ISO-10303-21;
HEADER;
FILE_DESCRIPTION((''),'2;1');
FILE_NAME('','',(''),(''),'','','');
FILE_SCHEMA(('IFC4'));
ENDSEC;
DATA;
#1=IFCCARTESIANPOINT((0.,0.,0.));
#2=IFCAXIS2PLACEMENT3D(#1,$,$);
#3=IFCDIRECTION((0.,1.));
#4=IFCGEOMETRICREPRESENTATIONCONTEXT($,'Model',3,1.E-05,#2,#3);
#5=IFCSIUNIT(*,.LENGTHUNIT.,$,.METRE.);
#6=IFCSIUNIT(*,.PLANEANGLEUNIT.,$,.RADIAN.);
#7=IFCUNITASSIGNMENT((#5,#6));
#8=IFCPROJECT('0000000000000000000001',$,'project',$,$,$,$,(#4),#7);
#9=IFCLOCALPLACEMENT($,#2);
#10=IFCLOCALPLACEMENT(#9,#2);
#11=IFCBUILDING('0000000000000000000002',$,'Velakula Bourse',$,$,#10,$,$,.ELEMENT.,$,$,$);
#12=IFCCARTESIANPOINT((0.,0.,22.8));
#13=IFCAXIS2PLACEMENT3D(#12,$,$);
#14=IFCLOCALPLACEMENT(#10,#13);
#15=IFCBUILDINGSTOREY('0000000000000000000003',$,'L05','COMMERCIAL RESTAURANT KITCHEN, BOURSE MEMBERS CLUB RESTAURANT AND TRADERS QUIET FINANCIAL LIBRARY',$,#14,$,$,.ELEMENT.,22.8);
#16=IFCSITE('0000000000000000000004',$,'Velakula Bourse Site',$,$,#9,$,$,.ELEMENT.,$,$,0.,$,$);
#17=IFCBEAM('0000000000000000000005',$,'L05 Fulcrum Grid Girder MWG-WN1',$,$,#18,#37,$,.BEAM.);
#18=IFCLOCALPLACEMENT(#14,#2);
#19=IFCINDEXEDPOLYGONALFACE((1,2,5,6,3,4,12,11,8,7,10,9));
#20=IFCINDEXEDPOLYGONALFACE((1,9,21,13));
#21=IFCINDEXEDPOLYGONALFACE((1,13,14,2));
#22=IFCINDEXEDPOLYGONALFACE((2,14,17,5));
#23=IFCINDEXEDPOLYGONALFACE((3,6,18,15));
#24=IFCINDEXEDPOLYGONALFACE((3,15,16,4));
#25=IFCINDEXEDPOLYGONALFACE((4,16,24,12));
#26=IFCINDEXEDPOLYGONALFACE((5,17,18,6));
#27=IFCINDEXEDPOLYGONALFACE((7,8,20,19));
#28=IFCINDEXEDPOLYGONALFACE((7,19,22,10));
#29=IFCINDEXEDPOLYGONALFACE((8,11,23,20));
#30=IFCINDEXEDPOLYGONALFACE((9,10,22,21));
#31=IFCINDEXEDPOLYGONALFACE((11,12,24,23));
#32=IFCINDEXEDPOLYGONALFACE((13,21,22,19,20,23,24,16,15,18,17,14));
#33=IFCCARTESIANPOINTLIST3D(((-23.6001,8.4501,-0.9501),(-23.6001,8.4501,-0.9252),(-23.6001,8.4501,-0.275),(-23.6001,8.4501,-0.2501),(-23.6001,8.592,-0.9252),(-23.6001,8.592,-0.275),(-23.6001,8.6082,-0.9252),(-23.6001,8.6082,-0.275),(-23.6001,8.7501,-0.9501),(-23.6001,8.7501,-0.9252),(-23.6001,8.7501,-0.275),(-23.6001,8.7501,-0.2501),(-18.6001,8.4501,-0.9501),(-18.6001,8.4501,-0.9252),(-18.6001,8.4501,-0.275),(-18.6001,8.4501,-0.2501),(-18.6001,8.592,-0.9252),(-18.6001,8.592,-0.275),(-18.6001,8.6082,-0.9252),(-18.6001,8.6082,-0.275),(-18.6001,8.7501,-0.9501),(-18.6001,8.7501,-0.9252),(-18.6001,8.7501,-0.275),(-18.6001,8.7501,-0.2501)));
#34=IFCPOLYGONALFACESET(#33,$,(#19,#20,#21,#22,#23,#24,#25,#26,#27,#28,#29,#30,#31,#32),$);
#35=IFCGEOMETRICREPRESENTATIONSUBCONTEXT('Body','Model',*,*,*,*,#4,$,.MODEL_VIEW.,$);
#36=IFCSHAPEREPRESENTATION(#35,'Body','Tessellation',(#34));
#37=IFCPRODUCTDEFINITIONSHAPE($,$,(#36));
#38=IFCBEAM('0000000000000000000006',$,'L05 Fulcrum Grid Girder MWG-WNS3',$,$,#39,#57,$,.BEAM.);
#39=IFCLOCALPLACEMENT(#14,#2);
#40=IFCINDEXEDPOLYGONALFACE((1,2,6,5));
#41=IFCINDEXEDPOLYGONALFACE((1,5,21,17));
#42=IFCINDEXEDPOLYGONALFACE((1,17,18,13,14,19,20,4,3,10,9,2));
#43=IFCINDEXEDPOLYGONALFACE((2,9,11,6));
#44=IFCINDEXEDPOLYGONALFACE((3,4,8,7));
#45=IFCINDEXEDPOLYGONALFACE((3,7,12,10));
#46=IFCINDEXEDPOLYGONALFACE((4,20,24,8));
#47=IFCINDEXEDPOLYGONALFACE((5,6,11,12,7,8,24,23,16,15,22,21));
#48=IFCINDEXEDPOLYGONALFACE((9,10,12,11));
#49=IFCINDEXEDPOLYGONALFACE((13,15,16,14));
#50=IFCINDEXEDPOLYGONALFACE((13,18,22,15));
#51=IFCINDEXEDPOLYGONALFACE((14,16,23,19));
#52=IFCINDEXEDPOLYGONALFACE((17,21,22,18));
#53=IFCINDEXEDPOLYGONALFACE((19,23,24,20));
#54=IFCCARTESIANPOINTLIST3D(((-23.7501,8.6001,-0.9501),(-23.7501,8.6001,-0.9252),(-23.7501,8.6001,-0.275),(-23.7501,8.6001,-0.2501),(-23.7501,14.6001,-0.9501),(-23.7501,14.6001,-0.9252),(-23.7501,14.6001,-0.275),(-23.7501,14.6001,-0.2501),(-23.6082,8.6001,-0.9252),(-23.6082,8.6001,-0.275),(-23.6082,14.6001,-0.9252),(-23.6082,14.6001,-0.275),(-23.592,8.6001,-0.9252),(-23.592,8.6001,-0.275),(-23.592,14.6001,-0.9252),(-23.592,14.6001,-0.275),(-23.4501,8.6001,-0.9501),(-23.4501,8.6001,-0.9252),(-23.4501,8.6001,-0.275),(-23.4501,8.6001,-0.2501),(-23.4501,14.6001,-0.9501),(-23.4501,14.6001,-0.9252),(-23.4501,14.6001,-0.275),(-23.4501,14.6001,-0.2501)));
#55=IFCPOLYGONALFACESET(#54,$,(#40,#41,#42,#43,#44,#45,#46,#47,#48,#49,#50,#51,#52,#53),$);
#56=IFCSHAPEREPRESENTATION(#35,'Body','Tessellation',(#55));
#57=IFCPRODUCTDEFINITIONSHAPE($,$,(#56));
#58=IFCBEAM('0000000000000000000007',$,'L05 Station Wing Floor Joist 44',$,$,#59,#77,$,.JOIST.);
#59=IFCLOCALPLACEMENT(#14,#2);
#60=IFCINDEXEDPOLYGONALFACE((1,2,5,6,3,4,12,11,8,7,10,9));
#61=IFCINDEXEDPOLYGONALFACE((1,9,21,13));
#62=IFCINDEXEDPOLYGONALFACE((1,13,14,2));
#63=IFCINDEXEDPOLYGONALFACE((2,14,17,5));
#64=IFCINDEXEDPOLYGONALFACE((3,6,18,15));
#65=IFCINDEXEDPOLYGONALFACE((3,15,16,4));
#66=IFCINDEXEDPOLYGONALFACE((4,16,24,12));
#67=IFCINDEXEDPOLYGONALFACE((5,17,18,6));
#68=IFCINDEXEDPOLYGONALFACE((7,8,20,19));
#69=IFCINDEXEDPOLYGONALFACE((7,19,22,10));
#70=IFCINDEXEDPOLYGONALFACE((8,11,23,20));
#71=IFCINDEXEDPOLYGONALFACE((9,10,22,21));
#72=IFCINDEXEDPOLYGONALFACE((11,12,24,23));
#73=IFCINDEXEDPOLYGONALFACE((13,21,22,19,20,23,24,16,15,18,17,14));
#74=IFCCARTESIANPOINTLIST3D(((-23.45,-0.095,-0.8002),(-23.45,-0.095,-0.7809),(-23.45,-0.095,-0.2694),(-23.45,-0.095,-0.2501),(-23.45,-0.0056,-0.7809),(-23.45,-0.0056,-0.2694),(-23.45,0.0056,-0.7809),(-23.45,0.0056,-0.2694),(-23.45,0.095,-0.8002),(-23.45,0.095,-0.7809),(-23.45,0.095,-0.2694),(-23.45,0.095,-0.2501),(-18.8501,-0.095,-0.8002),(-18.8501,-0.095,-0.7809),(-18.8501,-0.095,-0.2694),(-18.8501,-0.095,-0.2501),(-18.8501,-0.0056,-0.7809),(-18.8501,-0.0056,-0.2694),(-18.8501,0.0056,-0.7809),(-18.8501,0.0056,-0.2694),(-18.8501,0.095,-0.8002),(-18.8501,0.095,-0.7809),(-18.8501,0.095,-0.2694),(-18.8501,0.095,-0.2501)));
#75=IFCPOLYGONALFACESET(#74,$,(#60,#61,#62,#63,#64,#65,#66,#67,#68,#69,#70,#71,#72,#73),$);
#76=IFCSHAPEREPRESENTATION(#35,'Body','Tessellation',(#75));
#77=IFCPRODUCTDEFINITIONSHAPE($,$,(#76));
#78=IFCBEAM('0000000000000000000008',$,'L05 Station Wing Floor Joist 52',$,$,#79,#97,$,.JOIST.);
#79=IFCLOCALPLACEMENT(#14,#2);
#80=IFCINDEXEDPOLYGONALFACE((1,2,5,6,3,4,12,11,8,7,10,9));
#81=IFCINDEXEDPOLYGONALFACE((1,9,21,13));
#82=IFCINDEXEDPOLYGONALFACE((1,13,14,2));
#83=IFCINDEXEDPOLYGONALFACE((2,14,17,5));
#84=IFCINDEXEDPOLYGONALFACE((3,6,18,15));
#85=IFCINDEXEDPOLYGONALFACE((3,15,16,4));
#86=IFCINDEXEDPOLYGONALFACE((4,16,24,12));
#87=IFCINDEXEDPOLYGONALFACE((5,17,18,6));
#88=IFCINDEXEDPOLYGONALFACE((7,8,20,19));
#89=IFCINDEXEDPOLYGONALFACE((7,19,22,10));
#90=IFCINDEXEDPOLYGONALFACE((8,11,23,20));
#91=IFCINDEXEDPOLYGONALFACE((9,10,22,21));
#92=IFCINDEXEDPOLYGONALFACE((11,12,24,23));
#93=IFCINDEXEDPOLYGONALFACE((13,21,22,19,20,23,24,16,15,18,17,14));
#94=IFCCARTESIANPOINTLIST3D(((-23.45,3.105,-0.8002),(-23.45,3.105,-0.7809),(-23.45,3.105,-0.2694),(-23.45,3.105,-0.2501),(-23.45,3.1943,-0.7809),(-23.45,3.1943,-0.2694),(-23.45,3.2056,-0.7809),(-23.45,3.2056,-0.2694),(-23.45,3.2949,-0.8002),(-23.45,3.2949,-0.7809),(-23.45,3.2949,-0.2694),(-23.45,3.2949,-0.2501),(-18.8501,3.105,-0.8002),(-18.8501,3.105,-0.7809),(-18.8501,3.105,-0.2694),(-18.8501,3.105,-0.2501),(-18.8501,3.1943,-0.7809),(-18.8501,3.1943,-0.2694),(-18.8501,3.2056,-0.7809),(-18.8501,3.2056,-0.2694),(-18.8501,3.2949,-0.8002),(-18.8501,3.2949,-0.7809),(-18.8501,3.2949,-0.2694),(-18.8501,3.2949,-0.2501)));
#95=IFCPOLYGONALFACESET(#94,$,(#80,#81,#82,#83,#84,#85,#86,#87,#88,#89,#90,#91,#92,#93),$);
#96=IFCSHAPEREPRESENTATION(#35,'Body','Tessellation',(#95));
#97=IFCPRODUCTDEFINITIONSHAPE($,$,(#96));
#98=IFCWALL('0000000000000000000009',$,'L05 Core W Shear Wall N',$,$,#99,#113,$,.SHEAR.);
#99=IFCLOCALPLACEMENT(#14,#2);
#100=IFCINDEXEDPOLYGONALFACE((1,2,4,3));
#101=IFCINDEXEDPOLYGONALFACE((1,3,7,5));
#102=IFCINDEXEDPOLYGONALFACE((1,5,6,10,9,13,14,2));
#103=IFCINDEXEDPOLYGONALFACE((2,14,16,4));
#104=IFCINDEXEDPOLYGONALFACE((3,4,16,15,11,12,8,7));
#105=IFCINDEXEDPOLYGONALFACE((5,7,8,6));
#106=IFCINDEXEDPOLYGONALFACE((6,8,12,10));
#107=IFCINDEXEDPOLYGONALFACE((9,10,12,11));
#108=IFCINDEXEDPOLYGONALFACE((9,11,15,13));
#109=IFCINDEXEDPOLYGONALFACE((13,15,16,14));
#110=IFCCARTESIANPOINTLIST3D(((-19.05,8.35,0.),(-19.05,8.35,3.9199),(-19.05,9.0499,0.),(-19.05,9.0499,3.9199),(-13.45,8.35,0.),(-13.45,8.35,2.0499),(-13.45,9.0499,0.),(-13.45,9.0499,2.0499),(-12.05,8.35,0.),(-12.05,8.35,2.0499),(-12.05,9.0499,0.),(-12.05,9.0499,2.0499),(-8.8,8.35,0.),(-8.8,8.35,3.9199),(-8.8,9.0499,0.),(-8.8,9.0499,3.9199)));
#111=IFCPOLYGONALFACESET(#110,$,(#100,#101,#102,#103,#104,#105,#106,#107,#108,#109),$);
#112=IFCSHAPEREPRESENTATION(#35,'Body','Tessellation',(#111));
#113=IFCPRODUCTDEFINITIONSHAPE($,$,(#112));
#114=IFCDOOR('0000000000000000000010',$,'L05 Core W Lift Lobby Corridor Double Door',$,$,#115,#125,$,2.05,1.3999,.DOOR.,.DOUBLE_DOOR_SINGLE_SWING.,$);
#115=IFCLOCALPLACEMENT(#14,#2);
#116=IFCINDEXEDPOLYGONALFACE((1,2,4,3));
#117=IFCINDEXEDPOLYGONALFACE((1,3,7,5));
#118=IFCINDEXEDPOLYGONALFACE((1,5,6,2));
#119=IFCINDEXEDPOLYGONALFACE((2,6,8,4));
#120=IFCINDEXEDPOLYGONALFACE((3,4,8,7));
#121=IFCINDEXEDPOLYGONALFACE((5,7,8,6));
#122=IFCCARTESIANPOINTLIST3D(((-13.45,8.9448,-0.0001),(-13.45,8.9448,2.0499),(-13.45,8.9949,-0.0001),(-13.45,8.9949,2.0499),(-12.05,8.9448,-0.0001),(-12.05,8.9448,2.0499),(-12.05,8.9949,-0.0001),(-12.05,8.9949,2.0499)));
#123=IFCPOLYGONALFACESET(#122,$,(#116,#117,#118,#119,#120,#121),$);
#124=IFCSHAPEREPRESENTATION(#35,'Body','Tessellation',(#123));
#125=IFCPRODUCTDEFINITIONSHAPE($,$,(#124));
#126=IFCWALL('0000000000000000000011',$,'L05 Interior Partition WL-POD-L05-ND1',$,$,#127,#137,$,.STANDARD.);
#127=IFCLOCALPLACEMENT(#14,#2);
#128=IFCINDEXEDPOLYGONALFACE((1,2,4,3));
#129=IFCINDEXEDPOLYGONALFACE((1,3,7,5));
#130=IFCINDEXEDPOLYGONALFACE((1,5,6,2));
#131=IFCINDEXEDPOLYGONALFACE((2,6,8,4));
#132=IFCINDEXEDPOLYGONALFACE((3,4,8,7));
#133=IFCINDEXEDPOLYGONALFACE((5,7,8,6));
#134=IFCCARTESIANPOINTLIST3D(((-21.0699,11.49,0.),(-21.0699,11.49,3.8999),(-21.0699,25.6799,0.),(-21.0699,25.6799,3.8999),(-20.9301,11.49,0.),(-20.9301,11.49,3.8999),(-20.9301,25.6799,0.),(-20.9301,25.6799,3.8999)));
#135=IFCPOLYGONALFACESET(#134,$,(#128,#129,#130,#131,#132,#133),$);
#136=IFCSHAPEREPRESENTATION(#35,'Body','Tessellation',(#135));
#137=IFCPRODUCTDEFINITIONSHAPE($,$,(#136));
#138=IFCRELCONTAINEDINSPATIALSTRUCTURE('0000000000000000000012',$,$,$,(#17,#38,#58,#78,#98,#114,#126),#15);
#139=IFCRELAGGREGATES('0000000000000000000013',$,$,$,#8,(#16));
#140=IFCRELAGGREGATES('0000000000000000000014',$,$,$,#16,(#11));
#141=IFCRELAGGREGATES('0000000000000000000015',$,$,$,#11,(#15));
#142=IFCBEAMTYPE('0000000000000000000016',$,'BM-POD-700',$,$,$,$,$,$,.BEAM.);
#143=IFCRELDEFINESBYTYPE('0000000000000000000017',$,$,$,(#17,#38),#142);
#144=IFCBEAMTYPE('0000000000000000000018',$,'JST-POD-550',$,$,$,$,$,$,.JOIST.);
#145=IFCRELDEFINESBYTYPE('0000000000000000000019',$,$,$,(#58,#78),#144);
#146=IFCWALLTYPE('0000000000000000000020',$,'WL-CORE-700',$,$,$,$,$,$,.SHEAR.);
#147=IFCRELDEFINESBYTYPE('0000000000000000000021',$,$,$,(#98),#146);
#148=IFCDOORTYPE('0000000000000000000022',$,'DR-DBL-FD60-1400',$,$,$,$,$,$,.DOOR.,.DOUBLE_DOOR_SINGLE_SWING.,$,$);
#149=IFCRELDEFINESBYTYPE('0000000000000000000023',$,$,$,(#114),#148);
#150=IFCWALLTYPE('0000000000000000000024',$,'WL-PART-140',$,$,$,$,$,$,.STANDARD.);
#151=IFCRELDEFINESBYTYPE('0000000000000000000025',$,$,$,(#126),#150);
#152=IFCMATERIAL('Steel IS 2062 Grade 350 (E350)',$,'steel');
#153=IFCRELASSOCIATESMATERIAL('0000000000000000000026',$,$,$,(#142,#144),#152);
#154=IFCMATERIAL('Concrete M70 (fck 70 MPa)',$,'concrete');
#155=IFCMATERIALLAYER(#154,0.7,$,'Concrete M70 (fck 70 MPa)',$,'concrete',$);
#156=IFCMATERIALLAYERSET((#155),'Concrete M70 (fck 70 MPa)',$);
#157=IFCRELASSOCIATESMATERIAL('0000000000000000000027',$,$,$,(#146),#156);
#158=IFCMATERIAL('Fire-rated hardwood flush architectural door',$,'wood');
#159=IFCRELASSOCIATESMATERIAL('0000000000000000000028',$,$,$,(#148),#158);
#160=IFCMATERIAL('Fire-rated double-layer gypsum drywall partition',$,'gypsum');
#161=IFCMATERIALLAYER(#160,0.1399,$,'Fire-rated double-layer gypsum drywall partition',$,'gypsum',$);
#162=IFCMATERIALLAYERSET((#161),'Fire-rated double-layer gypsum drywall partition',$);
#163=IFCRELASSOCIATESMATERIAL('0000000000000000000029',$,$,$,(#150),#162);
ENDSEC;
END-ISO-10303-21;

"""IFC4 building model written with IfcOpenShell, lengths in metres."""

from ifc_helpers import new_model, si_unit, direction, frame, frame_2d, origin, origin_2d, place, context, subcontext, project, spatial, rectangle, i_section, extrude, material, layer, layer_set, material_profile, profile_set, type_object, element, fill, save


model = new_model("IFC4")

# Units and contexts
model_context = context("Model", 3, precision=1e-05, world=origin(), true_north=direction((0.0, 1.0)))
body_context = subcontext(model_context, "Body", "Model", "MODEL_VIEW")
ifc_project = project(units=[si_unit("LENGTHUNIT", "METRE"), si_unit("PLANEANGLEUNIT", "RADIAN")], contexts=[model_context])

# Site, building, storey
site_placement = place(None, origin())
site = spatial("IfcSite", under=ifc_project, at=site_placement, Name="Velakula Bourse Site", CompositionType="ELEMENT", RefElevation=0.0)
building_placement = place(site_placement, origin())
building = spatial("IfcBuilding", under=site, at=building_placement, Name="Velakula Bourse", CompositionType="ELEMENT")
storey_placement = place(building_placement, frame((0.0, 0.0, 22.8)))
storey = spatial("IfcBuildingStorey", under=building, at=storey_placement, Name="L05", Description="COMMERCIAL RESTAURANT KITCHEN, BOURSE MEMBERS CLUB RESTAURANT AND TRADERS QUIET FINANCIAL LIBRARY", CompositionType="ELEMENT", Elevation=22.8)

# Shared definitions
ifc_material_1 = material(Name="Concrete M70 (fck 70 MPa)", Category="concrete")

# Beams
ifc_material_2 = material(Name="Steel IS 2062 Grade 350 (E350)", Category="steel")
ifc_material_profile_1 = material_profile(ifc_material_2, i_section(OverallWidth=0.3, OverallDepth=0.7, WebThickness=0.0161, FlangeThickness=0.0249, at=origin_2d()), Name="Steel IS 2062 Grade 350 (E350)")
ifc_profile_set_1 = profile_set([ifc_material_profile_1], Name="Steel IS 2062 Grade 350 (E350)")
beam_type_1 = type_object("IfcBeamType", Name="BM-POD-700", PredefinedType="BEAM", material=ifc_profile_set_1)
beam_1_placement = place(storey_placement, frame((-23.6001, 8.6001, -0.6001), z_axis=(1.0, 0.0, 0.0), x_axis=(0.0, 1.0, 0.0)))
element("IfcBeam", 1, at=beam_1_placement, inside=storey, type_object=beam_type_1, Name="L05 Fulcrum Grid Girder MWG-WN1", PredefinedType="BEAM", context=body_context, shape_type="SweptSolid", body=[
    extrude(i_section(OverallWidth=0.3, OverallDepth=0.7, WebThickness=0.0161, FlangeThickness=0.0249, at=origin_2d()), origin(), (0.0, 0.0, 1.0), 5.0),
])
beam_2_placement = place(storey_placement, frame((-23.6001, 8.6001, -0.6001), z_axis=(0.0, 1.0, 0.0), x_axis=(-1.0, 0.0, 0.0)))
element("IfcBeam", 2, at=beam_2_placement, inside=storey, type_object=beam_type_1, Name="L05 Fulcrum Grid Girder MWG-WNS3", PredefinedType="BEAM", context=body_context, shape_type="SweptSolid", body=[
    extrude(i_section(OverallWidth=0.3, OverallDepth=0.7, WebThickness=0.0161, FlangeThickness=0.0249, at=origin_2d()), origin(), (0.0, 0.0, 1.0), 6.0),
])
ifc_material_profile_2 = material_profile(ifc_material_2, i_section(OverallWidth=0.1899, OverallDepth=0.55, WebThickness=0.0112, FlangeThickness=0.0193, at=origin_2d()), Name="Steel IS 2062 Grade 350 (E350)")
ifc_profile_set_2 = profile_set([ifc_material_profile_2], Name="Steel IS 2062 Grade 350 (E350)")
beam_type_2 = type_object("IfcBeamType", Name="JST-POD-550", PredefinedType="JOIST", material=ifc_profile_set_2)
for number, where, z_axis, x_axis, name in (
    (3, (-23.45, 0.0, -0.5251), (1.0, 0.0, 0.0), (0.0, 1.0, 0.0), "L05 Station Wing Floor Joist 44"),
    (4, (-23.45, 3.2, -0.5251), (1.0, 0.0, 0.0), (0.0, 1.0, 0.0), "L05 Station Wing Floor Joist 52"),
):
    element("IfcBeam", number, at=place(storey_placement, frame(where, z_axis=z_axis, x_axis=x_axis)), inside=storey, type_object=beam_type_2, Name=name, PredefinedType="JOIST", context=body_context, shape_type="SweptSolid", body=[
        extrude(i_section(OverallWidth=0.1899, OverallDepth=0.55, WebThickness=0.0112, FlangeThickness=0.0193, at=origin_2d()), origin(), (0.0, 0.0, 1.0), 4.5999),
    ])

# Wall, opening, door
ifc_layer_1 = layer(ifc_material_1, 0.7, Name="Concrete M70 (fck 70 MPa)", Category="concrete")
ifc_layer_set_1 = layer_set([ifc_layer_1], Name="Concrete M70 (fck 70 MPa)")
wall_type_1 = type_object("IfcWallType", Name="WL-CORE-700", PredefinedType="SHEAR", material=ifc_layer_set_1)
wall_1_placement = place(storey_placement, frame((-19.05, 8.7, 0.0), z_axis=(0.0, 0.0, 1.0), x_axis=(1.0, 0.0, 0.0)))
wall_1 = element("IfcWall", 5, at=wall_1_placement, inside=storey, type_object=wall_type_1, Name="L05 Core W Shear Wall N", PredefinedType="SHEAR", context=body_context, shape_type="SweptSolid", body=[
    extrude(rectangle(XDim=10.25, YDim=0.7, at=frame_2d((5.125, 0.0))), origin(), (0.0, 0.0, 1.0), 3.9199),
])
opening_placement = place(wall_1_placement, frame((5.6001, 0.0, 0.0)))
opening = element("IfcOpeningElement", 6, at=opening_placement, cuts=wall_1, PredefinedType="OPENING", context=body_context, shape_type="SweptSolid", body=[
    extrude(rectangle(XDim=1.3999, YDim=2.05, at=frame_2d((0.7, 1.0249))), frame((0.0, 0.3599, 0.0), z_axis=(0.0, -1.0, 0.0), x_axis=(1.0, 0.0, 0.0)), (0.0, 0.0, 1.0), 0.72),
])
ifc_material_3 = material(Name="Fire-rated hardwood flush architectural door", Category="wood")
door_type = type_object("IfcDoorType", Name="DR-DBL-FD60-1400", OperationType="DOUBLE_DOOR_SINGLE_SWING", PredefinedType="DOOR", material=ifc_material_3)
door_placement = place(opening_placement, origin())
door = element("IfcDoor", 7, at=door_placement, inside=storey, type_object=door_type, Name="L05 Core W Lift Lobby Corridor Double Door", OperationType="DOUBLE_DOOR_SINGLE_SWING", OverallHeight=2.05, OverallWidth=1.3999, PredefinedType="DOOR", context=body_context, shape_type="SweptSolid", body=[
    extrude(rectangle(XDim=1.3999, YDim=2.05, at=frame_2d((0.7, 1.0249))), frame((0.0, 0.2949, 0.0), z_axis=(0.0, -1.0, 0.0), x_axis=(1.0, 0.0, 0.0)), (0.0, 0.0, 1.0), 0.05),
])
fill(opening, door)

# Wall
ifc_material_4 = material(Name="Fire-rated double-layer gypsum drywall partition", Category="gypsum")
ifc_layer_2 = layer(ifc_material_4, 0.1399, Name="Fire-rated double-layer gypsum drywall partition", Category="gypsum")
ifc_layer_set_2 = layer_set([ifc_layer_2], Name="Fire-rated double-layer gypsum drywall partition")
wall_type_2 = type_object("IfcWallType", Name="WL-PART-140", PredefinedType="STANDARD", material=ifc_layer_set_2)
wall_2_placement = place(storey_placement, frame((-21.0, 11.49, 0.0), z_axis=(0.0, 0.0, 1.0), x_axis=(0.0, 1.0, 0.0)))
element("IfcWall", 8, at=wall_2_placement, inside=storey, type_object=wall_type_2, Name="L05 Interior Partition WL-POD-L05-ND1", PredefinedType="STANDARD", context=body_context, shape_type="SweptSolid", body=[
    extrude(rectangle(XDim=14.1899, YDim=0.1399, at=frame_2d((7.095, 0.0))), origin(), (0.0, 0.0, 1.0), 3.8999),
])

save(model, "model.ifc")
